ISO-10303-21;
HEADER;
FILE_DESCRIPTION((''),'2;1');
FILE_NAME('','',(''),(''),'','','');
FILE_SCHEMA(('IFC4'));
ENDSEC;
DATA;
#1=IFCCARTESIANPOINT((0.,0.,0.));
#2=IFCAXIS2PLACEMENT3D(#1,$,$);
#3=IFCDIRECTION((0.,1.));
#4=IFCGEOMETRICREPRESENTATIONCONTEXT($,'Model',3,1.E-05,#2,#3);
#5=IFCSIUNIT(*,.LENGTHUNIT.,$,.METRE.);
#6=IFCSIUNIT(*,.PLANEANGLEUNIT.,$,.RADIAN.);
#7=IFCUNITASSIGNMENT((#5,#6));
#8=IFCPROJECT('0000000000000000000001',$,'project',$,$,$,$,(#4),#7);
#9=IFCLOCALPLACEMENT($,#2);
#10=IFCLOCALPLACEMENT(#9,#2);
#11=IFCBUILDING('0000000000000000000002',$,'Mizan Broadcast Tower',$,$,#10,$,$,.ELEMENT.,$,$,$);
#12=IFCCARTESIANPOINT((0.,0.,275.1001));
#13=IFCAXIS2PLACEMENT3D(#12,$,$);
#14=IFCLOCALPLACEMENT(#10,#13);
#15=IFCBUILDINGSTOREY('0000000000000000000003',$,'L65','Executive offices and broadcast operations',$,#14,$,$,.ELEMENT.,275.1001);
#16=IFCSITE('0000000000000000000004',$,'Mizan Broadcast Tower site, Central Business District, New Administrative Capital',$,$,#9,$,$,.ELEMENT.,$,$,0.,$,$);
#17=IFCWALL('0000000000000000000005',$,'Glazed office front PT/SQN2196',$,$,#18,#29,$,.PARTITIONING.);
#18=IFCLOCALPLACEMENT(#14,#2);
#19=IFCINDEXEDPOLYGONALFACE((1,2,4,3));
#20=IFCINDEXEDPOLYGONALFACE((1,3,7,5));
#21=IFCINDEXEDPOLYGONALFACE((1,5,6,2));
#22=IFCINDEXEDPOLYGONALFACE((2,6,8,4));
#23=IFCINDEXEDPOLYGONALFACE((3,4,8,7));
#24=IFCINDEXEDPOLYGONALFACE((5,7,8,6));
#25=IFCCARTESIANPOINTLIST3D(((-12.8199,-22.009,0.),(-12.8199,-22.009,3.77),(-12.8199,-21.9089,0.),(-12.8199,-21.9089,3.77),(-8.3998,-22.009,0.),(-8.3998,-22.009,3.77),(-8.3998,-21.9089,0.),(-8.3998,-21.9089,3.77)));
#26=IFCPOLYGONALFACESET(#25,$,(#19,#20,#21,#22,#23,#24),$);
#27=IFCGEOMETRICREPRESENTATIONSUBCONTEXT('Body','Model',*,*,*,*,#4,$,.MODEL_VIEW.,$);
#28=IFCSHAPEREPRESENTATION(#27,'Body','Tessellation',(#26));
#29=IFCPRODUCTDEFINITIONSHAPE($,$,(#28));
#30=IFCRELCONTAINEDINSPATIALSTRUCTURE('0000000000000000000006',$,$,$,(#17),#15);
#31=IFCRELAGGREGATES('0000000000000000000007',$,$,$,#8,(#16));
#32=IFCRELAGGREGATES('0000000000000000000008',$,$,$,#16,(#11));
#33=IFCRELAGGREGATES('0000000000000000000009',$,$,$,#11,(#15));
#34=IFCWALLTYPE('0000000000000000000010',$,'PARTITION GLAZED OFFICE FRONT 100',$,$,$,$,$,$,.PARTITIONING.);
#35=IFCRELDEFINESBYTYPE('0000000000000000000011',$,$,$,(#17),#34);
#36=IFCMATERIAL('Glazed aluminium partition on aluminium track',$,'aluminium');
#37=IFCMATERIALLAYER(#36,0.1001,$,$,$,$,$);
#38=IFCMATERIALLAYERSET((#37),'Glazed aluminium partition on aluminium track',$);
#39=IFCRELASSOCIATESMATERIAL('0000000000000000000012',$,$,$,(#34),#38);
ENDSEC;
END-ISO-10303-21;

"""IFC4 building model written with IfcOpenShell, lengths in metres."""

from ifc_helpers import new_model, si_unit, direction, frame, frame_2d, origin, place, context, subcontext, project, spatial, rectangle, extrude, material, layer, layer_set, type_object, element, save


model = new_model("IFC4")

# Units and contexts
model_context = context("Model", 3, precision=1e-05, world=origin(), true_north=direction((0.0, 1.0)))
body_context = subcontext(model_context, "Body", "Model", "MODEL_VIEW")
ifc_project = project(units=[si_unit("LENGTHUNIT", "METRE"), si_unit("PLANEANGLEUNIT", "RADIAN")], contexts=[model_context])

# Site, building, storey
site_placement = place(None, origin())
site = spatial("IfcSite", under=ifc_project, at=site_placement, Name="Mizan Broadcast Tower site, Central Business District, New Administrative Capital", CompositionType="ELEMENT", RefElevation=0.0)
building_placement = place(site_placement, origin())
building = spatial("IfcBuilding", under=site, at=building_placement, Name="Mizan Broadcast Tower", CompositionType="ELEMENT")
storey_placement = place(building_placement, frame((0.0, 0.0, 275.1001)))
storey = spatial("IfcBuildingStorey", under=building, at=storey_placement, Name="L65", Description="Executive offices and broadcast operations", CompositionType="ELEMENT", Elevation=275.1001)

# Wall
ifc_material_1 = material(Name="Glazed aluminium partition on aluminium track", Category="aluminium")
ifc_layer_1 = layer(ifc_material_1, 0.1001)
ifc_layer_set_1 = layer_set([ifc_layer_1], Name="Glazed aluminium partition on aluminium track")
wall_type = type_object("IfcWallType", Name="PARTITION GLAZED OFFICE FRONT 100", PredefinedType="PARTITIONING", material=ifc_layer_set_1)
wall_placement = place(storey_placement, frame((-8.3999, -21.959, 0.0), z_axis=(0.0, 0.0, 1.0), x_axis=(-1.0, 0.0, 0.0)))
element("IfcWall", 1, at=wall_placement, inside=storey, type_object=wall_type, Name="Glazed office front PT/SQN2196", PredefinedType="PARTITIONING", context=body_context, shape_type="SweptSolid", body=[
    extrude(rectangle(XDim=4.4202, YDim=0.1001, at=frame_2d((2.21, 0.0))), origin(), (0.0, 0.0, 1.0), 3.77),
])

save(model, "model.ifc")
